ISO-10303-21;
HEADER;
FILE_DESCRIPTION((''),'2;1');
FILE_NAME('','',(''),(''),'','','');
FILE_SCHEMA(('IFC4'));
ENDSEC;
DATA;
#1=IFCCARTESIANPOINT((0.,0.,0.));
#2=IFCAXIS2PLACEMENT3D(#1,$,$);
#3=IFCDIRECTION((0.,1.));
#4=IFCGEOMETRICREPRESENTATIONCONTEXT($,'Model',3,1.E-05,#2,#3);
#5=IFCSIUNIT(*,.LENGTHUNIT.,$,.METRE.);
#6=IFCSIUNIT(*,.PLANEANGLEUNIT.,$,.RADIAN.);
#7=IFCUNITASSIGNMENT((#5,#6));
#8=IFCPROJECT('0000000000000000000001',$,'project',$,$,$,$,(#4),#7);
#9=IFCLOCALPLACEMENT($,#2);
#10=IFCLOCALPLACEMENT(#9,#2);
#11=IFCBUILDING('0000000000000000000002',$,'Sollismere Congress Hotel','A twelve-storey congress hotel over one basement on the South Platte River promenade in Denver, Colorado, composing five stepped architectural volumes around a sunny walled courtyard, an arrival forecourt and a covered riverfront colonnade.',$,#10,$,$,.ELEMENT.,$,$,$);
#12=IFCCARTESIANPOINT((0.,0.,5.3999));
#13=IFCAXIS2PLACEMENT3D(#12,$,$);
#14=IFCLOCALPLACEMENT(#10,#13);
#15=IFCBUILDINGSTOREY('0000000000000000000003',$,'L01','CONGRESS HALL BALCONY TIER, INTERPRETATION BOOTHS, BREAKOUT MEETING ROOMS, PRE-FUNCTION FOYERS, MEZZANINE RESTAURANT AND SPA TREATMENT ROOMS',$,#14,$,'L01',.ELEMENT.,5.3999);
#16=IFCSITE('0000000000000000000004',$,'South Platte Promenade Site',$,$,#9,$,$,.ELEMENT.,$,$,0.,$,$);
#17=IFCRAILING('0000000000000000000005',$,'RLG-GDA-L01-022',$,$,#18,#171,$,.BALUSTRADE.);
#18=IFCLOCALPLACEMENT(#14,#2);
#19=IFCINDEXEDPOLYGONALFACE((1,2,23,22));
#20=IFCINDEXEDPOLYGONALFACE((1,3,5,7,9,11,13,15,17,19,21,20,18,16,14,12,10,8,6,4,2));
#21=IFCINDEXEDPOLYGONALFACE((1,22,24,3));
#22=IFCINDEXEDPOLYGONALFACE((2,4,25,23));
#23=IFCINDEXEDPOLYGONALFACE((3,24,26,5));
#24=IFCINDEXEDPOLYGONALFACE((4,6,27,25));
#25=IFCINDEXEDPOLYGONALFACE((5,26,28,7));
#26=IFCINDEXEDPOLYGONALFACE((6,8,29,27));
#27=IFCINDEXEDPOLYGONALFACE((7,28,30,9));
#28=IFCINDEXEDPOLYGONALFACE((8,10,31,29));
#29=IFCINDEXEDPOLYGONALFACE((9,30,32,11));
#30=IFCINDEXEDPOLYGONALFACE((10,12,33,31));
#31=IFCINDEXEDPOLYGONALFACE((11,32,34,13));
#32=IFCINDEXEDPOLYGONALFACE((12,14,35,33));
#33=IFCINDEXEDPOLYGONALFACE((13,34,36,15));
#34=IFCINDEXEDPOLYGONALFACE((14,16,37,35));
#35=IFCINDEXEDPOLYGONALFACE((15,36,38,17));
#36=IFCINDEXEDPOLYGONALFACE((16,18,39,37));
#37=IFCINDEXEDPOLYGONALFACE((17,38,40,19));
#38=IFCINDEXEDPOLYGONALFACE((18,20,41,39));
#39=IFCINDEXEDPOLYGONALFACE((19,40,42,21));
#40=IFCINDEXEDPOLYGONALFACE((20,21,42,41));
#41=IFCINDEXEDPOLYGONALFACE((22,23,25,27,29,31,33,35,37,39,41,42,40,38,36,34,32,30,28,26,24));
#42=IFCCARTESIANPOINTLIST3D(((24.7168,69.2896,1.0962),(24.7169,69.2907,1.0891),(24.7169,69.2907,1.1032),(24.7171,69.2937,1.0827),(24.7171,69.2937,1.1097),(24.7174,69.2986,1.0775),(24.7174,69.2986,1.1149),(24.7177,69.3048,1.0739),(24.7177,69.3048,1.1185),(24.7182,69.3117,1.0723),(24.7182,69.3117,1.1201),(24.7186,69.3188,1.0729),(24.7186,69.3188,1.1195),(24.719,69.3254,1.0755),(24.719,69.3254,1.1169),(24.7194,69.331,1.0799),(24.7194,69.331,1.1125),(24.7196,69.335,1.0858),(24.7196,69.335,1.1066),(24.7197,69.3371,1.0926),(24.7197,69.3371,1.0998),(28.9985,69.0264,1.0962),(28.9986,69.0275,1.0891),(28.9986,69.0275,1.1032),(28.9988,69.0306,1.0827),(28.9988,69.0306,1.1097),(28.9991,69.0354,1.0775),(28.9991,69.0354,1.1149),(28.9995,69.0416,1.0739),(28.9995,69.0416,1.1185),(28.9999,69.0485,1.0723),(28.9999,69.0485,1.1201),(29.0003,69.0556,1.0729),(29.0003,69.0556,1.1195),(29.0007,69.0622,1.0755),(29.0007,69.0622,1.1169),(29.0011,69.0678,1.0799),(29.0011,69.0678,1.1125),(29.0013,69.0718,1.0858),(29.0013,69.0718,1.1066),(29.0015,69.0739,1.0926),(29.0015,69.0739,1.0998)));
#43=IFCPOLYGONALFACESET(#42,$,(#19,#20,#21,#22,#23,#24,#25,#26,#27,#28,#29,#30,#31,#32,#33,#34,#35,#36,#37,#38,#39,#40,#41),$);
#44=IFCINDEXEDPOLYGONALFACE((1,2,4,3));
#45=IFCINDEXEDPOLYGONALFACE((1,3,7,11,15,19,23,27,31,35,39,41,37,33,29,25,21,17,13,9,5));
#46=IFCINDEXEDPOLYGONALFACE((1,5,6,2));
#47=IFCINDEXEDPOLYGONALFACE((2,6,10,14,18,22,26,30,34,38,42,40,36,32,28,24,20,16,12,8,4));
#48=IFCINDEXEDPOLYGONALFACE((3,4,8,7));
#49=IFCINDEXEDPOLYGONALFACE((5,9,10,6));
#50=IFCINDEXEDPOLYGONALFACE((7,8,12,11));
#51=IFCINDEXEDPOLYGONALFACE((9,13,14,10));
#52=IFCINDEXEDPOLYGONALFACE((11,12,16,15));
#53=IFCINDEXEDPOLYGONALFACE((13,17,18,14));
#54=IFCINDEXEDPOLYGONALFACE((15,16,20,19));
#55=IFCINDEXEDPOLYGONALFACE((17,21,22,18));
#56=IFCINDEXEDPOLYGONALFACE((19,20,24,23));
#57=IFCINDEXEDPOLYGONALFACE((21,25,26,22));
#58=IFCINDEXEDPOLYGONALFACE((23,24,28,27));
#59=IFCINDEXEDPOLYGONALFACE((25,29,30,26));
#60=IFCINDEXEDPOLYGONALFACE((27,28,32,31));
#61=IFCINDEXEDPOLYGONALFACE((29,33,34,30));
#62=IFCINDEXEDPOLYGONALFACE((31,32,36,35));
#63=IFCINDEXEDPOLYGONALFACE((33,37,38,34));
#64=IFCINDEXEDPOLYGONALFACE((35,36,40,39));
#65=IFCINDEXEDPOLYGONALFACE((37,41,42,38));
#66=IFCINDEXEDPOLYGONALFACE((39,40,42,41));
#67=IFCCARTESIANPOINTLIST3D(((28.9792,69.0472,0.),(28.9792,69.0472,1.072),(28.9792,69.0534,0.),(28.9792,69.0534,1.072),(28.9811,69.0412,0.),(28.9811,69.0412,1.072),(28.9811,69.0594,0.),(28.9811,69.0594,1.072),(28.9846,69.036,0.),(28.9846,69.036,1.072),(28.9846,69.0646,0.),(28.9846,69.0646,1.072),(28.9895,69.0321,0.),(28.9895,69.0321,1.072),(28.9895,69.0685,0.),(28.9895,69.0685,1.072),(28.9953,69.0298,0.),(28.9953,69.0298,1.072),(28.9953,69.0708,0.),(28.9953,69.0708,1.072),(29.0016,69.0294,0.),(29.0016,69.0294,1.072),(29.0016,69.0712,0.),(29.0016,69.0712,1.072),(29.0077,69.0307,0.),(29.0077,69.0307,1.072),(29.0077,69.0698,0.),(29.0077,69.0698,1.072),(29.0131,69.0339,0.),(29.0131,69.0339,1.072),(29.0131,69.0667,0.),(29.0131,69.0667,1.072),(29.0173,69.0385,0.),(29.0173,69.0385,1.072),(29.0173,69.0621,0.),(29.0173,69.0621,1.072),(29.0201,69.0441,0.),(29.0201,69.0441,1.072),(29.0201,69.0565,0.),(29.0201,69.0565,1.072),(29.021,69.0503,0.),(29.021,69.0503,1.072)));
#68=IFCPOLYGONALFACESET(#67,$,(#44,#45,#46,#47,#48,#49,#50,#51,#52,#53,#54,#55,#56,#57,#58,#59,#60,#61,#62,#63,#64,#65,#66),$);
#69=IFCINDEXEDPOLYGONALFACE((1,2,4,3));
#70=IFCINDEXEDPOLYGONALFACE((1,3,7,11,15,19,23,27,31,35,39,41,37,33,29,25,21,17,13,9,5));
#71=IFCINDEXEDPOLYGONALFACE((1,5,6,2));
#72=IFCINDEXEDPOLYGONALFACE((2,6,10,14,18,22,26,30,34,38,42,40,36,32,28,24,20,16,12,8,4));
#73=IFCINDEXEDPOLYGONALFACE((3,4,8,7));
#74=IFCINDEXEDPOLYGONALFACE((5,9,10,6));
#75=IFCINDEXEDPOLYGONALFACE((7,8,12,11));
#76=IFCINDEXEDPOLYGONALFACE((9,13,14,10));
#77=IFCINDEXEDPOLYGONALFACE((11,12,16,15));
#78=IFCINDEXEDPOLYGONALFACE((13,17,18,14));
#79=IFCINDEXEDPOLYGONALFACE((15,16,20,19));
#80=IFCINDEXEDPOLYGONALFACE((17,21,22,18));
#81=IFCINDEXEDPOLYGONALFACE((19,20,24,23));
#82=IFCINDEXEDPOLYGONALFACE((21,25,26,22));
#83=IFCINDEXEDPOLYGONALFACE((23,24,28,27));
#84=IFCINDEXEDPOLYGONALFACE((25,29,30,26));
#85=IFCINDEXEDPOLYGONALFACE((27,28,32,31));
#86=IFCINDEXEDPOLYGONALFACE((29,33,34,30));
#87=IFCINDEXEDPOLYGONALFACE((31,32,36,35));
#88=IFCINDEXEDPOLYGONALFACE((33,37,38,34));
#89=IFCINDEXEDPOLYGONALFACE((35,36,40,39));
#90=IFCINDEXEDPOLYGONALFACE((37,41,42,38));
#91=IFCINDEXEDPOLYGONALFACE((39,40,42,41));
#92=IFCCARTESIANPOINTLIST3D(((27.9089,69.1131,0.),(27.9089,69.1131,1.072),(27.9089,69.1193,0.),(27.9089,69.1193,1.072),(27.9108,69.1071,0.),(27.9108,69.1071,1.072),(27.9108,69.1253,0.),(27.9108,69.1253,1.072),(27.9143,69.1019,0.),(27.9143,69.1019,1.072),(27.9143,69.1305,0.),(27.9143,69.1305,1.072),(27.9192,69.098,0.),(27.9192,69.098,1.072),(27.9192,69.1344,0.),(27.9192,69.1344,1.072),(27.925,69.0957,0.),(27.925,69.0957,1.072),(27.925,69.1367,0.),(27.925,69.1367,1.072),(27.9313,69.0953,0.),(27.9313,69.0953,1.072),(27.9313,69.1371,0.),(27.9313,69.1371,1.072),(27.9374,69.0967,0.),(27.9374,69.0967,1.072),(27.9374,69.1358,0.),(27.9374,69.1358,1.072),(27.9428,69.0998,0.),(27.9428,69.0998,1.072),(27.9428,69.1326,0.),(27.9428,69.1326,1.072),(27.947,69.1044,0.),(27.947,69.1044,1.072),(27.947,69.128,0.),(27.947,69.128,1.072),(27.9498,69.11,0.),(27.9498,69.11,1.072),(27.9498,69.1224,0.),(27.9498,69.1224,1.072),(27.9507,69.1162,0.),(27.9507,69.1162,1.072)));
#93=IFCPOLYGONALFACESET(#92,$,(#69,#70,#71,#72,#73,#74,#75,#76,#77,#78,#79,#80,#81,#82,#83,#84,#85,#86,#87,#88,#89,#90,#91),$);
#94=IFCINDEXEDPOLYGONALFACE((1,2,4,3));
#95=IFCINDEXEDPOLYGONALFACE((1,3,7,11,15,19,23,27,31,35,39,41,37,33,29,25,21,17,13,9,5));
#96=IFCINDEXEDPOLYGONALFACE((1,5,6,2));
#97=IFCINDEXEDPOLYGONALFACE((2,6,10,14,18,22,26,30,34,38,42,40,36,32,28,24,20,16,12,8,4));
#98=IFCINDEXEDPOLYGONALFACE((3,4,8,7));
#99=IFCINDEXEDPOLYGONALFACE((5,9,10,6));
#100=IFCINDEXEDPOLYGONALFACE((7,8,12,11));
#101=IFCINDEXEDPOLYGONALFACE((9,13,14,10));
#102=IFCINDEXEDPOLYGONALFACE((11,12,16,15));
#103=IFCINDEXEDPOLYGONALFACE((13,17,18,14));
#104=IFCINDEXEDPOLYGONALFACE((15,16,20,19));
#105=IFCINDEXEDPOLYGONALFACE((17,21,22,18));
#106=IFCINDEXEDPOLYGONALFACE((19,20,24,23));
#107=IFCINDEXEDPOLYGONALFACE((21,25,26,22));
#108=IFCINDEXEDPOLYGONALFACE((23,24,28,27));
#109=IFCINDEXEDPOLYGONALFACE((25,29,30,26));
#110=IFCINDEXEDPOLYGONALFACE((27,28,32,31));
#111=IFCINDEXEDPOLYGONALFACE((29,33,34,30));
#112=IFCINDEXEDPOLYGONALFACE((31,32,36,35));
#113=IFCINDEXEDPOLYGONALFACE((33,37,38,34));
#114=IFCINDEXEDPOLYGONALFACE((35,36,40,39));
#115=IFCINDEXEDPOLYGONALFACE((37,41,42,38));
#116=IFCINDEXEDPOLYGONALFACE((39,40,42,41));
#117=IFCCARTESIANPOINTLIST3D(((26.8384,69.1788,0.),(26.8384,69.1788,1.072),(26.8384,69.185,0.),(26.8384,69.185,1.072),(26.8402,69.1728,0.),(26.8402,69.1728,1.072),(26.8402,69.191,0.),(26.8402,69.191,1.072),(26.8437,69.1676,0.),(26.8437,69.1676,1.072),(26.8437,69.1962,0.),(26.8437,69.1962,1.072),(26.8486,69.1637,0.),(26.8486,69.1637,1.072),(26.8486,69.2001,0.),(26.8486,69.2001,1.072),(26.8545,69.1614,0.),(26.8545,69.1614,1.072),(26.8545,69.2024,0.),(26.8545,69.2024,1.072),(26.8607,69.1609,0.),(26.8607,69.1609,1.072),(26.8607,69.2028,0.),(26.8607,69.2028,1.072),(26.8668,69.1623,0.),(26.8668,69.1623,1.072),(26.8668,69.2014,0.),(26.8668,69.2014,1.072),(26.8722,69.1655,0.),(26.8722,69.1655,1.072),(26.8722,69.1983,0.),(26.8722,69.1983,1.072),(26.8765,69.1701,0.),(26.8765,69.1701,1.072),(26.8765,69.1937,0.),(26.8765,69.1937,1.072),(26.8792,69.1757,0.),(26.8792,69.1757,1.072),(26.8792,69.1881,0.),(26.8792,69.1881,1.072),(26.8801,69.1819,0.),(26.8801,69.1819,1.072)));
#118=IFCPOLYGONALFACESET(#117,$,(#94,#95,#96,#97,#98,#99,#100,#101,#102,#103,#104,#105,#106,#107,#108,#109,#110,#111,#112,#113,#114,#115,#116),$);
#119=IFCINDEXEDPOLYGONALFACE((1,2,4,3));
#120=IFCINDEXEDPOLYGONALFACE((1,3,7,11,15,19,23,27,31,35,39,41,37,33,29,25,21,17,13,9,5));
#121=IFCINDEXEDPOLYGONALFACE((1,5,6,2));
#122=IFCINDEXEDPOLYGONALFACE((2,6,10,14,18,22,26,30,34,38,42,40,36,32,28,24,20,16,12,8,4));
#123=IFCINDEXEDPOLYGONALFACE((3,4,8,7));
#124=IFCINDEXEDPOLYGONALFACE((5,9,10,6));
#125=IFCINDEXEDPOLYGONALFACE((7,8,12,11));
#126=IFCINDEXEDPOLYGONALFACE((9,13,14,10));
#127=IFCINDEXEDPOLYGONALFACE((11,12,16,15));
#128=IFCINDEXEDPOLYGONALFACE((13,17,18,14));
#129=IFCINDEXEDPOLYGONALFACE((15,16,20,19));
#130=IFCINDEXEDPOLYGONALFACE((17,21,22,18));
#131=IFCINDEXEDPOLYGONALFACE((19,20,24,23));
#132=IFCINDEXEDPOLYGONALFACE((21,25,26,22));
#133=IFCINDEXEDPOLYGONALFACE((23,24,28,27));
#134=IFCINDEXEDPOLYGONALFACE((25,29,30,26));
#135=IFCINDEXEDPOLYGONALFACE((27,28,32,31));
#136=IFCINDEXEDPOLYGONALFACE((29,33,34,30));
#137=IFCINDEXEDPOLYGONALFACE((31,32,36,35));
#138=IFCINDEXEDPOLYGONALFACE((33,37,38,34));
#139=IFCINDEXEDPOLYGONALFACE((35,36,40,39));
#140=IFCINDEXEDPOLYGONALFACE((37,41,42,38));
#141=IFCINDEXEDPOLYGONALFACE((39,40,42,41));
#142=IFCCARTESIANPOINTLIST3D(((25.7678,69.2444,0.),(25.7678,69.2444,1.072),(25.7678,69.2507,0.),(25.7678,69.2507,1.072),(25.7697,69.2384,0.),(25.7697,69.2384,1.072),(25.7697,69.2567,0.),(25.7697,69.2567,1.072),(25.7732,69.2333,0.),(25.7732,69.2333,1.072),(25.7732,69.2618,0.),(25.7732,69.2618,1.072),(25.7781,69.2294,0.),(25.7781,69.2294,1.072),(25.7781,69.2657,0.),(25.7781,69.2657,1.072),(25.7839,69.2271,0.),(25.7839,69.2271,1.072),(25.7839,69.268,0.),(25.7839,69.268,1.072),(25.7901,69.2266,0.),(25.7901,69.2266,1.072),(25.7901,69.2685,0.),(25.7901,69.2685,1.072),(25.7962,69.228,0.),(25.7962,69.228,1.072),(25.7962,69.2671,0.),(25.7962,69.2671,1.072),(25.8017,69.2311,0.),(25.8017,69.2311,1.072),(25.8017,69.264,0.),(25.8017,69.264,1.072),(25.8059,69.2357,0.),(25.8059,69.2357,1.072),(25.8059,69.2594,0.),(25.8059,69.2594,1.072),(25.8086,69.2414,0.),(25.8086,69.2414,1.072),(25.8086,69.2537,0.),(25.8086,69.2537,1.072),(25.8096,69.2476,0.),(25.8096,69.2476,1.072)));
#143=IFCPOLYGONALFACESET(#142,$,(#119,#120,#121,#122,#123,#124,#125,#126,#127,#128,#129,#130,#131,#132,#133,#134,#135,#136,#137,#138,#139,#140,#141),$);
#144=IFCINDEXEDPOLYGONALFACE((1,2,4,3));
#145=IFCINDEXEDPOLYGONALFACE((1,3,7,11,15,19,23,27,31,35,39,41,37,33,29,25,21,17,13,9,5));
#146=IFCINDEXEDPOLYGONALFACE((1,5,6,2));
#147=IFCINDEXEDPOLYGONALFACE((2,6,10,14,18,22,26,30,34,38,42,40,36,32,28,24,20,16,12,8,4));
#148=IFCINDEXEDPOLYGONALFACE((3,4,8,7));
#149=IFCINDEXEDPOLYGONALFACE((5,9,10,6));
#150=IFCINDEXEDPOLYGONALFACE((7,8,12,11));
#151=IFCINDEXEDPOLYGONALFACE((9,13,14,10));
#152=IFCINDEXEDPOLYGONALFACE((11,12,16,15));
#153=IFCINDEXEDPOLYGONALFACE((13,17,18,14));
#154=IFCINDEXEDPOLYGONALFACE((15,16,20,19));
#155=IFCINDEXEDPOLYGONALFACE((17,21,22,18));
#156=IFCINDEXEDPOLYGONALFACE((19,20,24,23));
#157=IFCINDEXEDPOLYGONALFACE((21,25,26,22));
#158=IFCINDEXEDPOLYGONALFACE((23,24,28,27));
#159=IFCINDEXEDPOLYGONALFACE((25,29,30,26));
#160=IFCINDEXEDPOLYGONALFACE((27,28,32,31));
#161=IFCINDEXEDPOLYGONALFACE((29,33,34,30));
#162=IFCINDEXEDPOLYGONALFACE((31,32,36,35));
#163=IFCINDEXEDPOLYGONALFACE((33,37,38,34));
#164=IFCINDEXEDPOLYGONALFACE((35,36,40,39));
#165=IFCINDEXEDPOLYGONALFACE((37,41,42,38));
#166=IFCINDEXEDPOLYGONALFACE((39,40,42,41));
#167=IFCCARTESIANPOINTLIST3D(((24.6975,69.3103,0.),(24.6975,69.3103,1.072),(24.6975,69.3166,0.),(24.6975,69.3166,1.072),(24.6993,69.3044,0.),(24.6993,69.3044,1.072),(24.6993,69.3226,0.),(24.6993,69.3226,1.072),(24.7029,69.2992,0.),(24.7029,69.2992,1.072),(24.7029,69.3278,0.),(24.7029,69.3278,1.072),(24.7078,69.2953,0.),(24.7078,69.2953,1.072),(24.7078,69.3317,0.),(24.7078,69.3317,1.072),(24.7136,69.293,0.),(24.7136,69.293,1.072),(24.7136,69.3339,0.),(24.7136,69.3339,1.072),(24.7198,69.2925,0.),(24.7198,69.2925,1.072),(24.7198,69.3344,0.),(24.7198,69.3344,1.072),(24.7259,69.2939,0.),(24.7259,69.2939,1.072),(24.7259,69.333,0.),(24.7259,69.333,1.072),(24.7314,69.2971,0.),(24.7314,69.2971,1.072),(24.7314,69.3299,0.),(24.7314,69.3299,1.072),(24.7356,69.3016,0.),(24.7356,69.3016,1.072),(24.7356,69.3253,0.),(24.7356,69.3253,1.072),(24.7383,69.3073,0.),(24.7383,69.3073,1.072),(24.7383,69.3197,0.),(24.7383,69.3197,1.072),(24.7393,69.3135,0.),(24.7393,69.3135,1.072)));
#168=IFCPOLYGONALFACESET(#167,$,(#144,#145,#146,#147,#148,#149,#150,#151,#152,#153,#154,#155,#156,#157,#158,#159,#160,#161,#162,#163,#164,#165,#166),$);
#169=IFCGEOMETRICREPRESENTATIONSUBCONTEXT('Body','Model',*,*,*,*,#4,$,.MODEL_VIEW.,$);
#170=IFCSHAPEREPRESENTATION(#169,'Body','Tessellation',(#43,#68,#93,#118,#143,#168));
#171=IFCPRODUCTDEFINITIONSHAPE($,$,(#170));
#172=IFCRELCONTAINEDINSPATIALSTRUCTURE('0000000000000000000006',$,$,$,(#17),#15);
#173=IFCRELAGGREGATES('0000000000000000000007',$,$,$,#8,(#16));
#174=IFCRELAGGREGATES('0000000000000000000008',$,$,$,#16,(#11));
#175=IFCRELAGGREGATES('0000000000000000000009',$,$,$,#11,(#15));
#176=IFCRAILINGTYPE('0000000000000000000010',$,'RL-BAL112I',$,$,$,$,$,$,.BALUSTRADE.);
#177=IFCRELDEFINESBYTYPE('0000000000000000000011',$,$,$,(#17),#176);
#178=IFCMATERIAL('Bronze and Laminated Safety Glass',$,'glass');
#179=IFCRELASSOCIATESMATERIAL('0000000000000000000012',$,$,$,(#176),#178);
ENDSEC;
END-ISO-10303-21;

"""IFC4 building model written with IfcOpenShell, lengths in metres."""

from ifc_helpers import new_model, si_unit, direction, frame, origin, origin_2d, place, context, subcontext, project, spatial, circle, extrude, material, type_object, element, save


model = new_model("IFC4")

# Units and contexts
model_context = context("Model", 3, precision=1e-05, world=origin(), true_north=direction((0.0, 1.0)))
body_context = subcontext(model_context, "Body", "Model", "MODEL_VIEW")
ifc_project = project(units=[si_unit("LENGTHUNIT", "METRE"), si_unit("PLANEANGLEUNIT", "RADIAN")], contexts=[model_context])

# Site, building, storey
site_placement = place(None, origin())
site = spatial("IfcSite", under=ifc_project, at=site_placement, Name="South Platte Promenade Site", CompositionType="ELEMENT", RefElevation=0.0)
building_placement = place(site_placement, origin())
building = spatial("IfcBuilding", under=site, at=building_placement, Name="Sollismere Congress Hotel", Description="A twelve-storey congress hotel over one basement on the South Platte River promenade in Denver, Colorado, composing five stepped architectural volumes around a sunny walled courtyard, an arrival forecourt and a covered riverfront colonnade.", CompositionType="ELEMENT")
storey_placement = place(building_placement, frame((0.0, 0.0, 5.3999)))
storey = spatial("IfcBuildingStorey", under=building, at=storey_placement, Name="L01", Description="CONGRESS HALL BALCONY TIER, INTERPRETATION BOOTHS, BREAKOUT MEETING ROOMS, PRE-FUNCTION FOYERS, MEZZANINE RESTAURANT AND SPA TREATMENT ROOMS", LongName="L01", CompositionType="ELEMENT", Elevation=5.3999)

# Railing
ifc_material_1 = material(Name="Bronze and Laminated Safety Glass", Category="glass")
railing_type = type_object("IfcRailingType", Name="RL-BAL112I", PredefinedType="BALUSTRADE", material=ifc_material_1)
railing_1_placement = place(storey_placement, frame((29.0, 69.0503, 0.0)))
element("IfcRailing", 1, at=railing_1_placement, inside=storey, type_object=railing_type, Name="RLG-GDA-L01-022", PredefinedType="BALUSTRADE", context=body_context, shape_type="SweptSolid", body=[
    extrude(circle(Radius=0.0239, at=origin_2d()), frame((0.0, 0.0, 1.0962), z_axis=(-0.998116, 0.061351, 0.0), x_axis=(-0.061351, -0.998116, 0.0)), (0.0, 0.0, 1.0), 4.2898),
    extrude(circle(Radius=0.021, at=origin_2d()), origin(), (0.0, 0.0, 1.0), 1.072),
    extrude(circle(Radius=0.021, at=origin_2d()), frame((-1.0703, 0.0659, 0.0)), (0.0, 0.0, 1.0), 1.072),
    extrude(circle(Radius=0.021, at=origin_2d()), frame((-2.1409, 0.1316, 0.0)), (0.0, 0.0, 1.0), 1.072),
    extrude(circle(Radius=0.021, at=origin_2d()), frame((-3.2114, 0.1973, 0.0)), (0.0, 0.0, 1.0), 1.072),
    extrude(circle(Radius=0.021, at=origin_2d()), frame((-4.2817, 0.2632, 0.0)), (0.0, 0.0, 1.0), 1.072),
])

save(model, "model.ifc")
